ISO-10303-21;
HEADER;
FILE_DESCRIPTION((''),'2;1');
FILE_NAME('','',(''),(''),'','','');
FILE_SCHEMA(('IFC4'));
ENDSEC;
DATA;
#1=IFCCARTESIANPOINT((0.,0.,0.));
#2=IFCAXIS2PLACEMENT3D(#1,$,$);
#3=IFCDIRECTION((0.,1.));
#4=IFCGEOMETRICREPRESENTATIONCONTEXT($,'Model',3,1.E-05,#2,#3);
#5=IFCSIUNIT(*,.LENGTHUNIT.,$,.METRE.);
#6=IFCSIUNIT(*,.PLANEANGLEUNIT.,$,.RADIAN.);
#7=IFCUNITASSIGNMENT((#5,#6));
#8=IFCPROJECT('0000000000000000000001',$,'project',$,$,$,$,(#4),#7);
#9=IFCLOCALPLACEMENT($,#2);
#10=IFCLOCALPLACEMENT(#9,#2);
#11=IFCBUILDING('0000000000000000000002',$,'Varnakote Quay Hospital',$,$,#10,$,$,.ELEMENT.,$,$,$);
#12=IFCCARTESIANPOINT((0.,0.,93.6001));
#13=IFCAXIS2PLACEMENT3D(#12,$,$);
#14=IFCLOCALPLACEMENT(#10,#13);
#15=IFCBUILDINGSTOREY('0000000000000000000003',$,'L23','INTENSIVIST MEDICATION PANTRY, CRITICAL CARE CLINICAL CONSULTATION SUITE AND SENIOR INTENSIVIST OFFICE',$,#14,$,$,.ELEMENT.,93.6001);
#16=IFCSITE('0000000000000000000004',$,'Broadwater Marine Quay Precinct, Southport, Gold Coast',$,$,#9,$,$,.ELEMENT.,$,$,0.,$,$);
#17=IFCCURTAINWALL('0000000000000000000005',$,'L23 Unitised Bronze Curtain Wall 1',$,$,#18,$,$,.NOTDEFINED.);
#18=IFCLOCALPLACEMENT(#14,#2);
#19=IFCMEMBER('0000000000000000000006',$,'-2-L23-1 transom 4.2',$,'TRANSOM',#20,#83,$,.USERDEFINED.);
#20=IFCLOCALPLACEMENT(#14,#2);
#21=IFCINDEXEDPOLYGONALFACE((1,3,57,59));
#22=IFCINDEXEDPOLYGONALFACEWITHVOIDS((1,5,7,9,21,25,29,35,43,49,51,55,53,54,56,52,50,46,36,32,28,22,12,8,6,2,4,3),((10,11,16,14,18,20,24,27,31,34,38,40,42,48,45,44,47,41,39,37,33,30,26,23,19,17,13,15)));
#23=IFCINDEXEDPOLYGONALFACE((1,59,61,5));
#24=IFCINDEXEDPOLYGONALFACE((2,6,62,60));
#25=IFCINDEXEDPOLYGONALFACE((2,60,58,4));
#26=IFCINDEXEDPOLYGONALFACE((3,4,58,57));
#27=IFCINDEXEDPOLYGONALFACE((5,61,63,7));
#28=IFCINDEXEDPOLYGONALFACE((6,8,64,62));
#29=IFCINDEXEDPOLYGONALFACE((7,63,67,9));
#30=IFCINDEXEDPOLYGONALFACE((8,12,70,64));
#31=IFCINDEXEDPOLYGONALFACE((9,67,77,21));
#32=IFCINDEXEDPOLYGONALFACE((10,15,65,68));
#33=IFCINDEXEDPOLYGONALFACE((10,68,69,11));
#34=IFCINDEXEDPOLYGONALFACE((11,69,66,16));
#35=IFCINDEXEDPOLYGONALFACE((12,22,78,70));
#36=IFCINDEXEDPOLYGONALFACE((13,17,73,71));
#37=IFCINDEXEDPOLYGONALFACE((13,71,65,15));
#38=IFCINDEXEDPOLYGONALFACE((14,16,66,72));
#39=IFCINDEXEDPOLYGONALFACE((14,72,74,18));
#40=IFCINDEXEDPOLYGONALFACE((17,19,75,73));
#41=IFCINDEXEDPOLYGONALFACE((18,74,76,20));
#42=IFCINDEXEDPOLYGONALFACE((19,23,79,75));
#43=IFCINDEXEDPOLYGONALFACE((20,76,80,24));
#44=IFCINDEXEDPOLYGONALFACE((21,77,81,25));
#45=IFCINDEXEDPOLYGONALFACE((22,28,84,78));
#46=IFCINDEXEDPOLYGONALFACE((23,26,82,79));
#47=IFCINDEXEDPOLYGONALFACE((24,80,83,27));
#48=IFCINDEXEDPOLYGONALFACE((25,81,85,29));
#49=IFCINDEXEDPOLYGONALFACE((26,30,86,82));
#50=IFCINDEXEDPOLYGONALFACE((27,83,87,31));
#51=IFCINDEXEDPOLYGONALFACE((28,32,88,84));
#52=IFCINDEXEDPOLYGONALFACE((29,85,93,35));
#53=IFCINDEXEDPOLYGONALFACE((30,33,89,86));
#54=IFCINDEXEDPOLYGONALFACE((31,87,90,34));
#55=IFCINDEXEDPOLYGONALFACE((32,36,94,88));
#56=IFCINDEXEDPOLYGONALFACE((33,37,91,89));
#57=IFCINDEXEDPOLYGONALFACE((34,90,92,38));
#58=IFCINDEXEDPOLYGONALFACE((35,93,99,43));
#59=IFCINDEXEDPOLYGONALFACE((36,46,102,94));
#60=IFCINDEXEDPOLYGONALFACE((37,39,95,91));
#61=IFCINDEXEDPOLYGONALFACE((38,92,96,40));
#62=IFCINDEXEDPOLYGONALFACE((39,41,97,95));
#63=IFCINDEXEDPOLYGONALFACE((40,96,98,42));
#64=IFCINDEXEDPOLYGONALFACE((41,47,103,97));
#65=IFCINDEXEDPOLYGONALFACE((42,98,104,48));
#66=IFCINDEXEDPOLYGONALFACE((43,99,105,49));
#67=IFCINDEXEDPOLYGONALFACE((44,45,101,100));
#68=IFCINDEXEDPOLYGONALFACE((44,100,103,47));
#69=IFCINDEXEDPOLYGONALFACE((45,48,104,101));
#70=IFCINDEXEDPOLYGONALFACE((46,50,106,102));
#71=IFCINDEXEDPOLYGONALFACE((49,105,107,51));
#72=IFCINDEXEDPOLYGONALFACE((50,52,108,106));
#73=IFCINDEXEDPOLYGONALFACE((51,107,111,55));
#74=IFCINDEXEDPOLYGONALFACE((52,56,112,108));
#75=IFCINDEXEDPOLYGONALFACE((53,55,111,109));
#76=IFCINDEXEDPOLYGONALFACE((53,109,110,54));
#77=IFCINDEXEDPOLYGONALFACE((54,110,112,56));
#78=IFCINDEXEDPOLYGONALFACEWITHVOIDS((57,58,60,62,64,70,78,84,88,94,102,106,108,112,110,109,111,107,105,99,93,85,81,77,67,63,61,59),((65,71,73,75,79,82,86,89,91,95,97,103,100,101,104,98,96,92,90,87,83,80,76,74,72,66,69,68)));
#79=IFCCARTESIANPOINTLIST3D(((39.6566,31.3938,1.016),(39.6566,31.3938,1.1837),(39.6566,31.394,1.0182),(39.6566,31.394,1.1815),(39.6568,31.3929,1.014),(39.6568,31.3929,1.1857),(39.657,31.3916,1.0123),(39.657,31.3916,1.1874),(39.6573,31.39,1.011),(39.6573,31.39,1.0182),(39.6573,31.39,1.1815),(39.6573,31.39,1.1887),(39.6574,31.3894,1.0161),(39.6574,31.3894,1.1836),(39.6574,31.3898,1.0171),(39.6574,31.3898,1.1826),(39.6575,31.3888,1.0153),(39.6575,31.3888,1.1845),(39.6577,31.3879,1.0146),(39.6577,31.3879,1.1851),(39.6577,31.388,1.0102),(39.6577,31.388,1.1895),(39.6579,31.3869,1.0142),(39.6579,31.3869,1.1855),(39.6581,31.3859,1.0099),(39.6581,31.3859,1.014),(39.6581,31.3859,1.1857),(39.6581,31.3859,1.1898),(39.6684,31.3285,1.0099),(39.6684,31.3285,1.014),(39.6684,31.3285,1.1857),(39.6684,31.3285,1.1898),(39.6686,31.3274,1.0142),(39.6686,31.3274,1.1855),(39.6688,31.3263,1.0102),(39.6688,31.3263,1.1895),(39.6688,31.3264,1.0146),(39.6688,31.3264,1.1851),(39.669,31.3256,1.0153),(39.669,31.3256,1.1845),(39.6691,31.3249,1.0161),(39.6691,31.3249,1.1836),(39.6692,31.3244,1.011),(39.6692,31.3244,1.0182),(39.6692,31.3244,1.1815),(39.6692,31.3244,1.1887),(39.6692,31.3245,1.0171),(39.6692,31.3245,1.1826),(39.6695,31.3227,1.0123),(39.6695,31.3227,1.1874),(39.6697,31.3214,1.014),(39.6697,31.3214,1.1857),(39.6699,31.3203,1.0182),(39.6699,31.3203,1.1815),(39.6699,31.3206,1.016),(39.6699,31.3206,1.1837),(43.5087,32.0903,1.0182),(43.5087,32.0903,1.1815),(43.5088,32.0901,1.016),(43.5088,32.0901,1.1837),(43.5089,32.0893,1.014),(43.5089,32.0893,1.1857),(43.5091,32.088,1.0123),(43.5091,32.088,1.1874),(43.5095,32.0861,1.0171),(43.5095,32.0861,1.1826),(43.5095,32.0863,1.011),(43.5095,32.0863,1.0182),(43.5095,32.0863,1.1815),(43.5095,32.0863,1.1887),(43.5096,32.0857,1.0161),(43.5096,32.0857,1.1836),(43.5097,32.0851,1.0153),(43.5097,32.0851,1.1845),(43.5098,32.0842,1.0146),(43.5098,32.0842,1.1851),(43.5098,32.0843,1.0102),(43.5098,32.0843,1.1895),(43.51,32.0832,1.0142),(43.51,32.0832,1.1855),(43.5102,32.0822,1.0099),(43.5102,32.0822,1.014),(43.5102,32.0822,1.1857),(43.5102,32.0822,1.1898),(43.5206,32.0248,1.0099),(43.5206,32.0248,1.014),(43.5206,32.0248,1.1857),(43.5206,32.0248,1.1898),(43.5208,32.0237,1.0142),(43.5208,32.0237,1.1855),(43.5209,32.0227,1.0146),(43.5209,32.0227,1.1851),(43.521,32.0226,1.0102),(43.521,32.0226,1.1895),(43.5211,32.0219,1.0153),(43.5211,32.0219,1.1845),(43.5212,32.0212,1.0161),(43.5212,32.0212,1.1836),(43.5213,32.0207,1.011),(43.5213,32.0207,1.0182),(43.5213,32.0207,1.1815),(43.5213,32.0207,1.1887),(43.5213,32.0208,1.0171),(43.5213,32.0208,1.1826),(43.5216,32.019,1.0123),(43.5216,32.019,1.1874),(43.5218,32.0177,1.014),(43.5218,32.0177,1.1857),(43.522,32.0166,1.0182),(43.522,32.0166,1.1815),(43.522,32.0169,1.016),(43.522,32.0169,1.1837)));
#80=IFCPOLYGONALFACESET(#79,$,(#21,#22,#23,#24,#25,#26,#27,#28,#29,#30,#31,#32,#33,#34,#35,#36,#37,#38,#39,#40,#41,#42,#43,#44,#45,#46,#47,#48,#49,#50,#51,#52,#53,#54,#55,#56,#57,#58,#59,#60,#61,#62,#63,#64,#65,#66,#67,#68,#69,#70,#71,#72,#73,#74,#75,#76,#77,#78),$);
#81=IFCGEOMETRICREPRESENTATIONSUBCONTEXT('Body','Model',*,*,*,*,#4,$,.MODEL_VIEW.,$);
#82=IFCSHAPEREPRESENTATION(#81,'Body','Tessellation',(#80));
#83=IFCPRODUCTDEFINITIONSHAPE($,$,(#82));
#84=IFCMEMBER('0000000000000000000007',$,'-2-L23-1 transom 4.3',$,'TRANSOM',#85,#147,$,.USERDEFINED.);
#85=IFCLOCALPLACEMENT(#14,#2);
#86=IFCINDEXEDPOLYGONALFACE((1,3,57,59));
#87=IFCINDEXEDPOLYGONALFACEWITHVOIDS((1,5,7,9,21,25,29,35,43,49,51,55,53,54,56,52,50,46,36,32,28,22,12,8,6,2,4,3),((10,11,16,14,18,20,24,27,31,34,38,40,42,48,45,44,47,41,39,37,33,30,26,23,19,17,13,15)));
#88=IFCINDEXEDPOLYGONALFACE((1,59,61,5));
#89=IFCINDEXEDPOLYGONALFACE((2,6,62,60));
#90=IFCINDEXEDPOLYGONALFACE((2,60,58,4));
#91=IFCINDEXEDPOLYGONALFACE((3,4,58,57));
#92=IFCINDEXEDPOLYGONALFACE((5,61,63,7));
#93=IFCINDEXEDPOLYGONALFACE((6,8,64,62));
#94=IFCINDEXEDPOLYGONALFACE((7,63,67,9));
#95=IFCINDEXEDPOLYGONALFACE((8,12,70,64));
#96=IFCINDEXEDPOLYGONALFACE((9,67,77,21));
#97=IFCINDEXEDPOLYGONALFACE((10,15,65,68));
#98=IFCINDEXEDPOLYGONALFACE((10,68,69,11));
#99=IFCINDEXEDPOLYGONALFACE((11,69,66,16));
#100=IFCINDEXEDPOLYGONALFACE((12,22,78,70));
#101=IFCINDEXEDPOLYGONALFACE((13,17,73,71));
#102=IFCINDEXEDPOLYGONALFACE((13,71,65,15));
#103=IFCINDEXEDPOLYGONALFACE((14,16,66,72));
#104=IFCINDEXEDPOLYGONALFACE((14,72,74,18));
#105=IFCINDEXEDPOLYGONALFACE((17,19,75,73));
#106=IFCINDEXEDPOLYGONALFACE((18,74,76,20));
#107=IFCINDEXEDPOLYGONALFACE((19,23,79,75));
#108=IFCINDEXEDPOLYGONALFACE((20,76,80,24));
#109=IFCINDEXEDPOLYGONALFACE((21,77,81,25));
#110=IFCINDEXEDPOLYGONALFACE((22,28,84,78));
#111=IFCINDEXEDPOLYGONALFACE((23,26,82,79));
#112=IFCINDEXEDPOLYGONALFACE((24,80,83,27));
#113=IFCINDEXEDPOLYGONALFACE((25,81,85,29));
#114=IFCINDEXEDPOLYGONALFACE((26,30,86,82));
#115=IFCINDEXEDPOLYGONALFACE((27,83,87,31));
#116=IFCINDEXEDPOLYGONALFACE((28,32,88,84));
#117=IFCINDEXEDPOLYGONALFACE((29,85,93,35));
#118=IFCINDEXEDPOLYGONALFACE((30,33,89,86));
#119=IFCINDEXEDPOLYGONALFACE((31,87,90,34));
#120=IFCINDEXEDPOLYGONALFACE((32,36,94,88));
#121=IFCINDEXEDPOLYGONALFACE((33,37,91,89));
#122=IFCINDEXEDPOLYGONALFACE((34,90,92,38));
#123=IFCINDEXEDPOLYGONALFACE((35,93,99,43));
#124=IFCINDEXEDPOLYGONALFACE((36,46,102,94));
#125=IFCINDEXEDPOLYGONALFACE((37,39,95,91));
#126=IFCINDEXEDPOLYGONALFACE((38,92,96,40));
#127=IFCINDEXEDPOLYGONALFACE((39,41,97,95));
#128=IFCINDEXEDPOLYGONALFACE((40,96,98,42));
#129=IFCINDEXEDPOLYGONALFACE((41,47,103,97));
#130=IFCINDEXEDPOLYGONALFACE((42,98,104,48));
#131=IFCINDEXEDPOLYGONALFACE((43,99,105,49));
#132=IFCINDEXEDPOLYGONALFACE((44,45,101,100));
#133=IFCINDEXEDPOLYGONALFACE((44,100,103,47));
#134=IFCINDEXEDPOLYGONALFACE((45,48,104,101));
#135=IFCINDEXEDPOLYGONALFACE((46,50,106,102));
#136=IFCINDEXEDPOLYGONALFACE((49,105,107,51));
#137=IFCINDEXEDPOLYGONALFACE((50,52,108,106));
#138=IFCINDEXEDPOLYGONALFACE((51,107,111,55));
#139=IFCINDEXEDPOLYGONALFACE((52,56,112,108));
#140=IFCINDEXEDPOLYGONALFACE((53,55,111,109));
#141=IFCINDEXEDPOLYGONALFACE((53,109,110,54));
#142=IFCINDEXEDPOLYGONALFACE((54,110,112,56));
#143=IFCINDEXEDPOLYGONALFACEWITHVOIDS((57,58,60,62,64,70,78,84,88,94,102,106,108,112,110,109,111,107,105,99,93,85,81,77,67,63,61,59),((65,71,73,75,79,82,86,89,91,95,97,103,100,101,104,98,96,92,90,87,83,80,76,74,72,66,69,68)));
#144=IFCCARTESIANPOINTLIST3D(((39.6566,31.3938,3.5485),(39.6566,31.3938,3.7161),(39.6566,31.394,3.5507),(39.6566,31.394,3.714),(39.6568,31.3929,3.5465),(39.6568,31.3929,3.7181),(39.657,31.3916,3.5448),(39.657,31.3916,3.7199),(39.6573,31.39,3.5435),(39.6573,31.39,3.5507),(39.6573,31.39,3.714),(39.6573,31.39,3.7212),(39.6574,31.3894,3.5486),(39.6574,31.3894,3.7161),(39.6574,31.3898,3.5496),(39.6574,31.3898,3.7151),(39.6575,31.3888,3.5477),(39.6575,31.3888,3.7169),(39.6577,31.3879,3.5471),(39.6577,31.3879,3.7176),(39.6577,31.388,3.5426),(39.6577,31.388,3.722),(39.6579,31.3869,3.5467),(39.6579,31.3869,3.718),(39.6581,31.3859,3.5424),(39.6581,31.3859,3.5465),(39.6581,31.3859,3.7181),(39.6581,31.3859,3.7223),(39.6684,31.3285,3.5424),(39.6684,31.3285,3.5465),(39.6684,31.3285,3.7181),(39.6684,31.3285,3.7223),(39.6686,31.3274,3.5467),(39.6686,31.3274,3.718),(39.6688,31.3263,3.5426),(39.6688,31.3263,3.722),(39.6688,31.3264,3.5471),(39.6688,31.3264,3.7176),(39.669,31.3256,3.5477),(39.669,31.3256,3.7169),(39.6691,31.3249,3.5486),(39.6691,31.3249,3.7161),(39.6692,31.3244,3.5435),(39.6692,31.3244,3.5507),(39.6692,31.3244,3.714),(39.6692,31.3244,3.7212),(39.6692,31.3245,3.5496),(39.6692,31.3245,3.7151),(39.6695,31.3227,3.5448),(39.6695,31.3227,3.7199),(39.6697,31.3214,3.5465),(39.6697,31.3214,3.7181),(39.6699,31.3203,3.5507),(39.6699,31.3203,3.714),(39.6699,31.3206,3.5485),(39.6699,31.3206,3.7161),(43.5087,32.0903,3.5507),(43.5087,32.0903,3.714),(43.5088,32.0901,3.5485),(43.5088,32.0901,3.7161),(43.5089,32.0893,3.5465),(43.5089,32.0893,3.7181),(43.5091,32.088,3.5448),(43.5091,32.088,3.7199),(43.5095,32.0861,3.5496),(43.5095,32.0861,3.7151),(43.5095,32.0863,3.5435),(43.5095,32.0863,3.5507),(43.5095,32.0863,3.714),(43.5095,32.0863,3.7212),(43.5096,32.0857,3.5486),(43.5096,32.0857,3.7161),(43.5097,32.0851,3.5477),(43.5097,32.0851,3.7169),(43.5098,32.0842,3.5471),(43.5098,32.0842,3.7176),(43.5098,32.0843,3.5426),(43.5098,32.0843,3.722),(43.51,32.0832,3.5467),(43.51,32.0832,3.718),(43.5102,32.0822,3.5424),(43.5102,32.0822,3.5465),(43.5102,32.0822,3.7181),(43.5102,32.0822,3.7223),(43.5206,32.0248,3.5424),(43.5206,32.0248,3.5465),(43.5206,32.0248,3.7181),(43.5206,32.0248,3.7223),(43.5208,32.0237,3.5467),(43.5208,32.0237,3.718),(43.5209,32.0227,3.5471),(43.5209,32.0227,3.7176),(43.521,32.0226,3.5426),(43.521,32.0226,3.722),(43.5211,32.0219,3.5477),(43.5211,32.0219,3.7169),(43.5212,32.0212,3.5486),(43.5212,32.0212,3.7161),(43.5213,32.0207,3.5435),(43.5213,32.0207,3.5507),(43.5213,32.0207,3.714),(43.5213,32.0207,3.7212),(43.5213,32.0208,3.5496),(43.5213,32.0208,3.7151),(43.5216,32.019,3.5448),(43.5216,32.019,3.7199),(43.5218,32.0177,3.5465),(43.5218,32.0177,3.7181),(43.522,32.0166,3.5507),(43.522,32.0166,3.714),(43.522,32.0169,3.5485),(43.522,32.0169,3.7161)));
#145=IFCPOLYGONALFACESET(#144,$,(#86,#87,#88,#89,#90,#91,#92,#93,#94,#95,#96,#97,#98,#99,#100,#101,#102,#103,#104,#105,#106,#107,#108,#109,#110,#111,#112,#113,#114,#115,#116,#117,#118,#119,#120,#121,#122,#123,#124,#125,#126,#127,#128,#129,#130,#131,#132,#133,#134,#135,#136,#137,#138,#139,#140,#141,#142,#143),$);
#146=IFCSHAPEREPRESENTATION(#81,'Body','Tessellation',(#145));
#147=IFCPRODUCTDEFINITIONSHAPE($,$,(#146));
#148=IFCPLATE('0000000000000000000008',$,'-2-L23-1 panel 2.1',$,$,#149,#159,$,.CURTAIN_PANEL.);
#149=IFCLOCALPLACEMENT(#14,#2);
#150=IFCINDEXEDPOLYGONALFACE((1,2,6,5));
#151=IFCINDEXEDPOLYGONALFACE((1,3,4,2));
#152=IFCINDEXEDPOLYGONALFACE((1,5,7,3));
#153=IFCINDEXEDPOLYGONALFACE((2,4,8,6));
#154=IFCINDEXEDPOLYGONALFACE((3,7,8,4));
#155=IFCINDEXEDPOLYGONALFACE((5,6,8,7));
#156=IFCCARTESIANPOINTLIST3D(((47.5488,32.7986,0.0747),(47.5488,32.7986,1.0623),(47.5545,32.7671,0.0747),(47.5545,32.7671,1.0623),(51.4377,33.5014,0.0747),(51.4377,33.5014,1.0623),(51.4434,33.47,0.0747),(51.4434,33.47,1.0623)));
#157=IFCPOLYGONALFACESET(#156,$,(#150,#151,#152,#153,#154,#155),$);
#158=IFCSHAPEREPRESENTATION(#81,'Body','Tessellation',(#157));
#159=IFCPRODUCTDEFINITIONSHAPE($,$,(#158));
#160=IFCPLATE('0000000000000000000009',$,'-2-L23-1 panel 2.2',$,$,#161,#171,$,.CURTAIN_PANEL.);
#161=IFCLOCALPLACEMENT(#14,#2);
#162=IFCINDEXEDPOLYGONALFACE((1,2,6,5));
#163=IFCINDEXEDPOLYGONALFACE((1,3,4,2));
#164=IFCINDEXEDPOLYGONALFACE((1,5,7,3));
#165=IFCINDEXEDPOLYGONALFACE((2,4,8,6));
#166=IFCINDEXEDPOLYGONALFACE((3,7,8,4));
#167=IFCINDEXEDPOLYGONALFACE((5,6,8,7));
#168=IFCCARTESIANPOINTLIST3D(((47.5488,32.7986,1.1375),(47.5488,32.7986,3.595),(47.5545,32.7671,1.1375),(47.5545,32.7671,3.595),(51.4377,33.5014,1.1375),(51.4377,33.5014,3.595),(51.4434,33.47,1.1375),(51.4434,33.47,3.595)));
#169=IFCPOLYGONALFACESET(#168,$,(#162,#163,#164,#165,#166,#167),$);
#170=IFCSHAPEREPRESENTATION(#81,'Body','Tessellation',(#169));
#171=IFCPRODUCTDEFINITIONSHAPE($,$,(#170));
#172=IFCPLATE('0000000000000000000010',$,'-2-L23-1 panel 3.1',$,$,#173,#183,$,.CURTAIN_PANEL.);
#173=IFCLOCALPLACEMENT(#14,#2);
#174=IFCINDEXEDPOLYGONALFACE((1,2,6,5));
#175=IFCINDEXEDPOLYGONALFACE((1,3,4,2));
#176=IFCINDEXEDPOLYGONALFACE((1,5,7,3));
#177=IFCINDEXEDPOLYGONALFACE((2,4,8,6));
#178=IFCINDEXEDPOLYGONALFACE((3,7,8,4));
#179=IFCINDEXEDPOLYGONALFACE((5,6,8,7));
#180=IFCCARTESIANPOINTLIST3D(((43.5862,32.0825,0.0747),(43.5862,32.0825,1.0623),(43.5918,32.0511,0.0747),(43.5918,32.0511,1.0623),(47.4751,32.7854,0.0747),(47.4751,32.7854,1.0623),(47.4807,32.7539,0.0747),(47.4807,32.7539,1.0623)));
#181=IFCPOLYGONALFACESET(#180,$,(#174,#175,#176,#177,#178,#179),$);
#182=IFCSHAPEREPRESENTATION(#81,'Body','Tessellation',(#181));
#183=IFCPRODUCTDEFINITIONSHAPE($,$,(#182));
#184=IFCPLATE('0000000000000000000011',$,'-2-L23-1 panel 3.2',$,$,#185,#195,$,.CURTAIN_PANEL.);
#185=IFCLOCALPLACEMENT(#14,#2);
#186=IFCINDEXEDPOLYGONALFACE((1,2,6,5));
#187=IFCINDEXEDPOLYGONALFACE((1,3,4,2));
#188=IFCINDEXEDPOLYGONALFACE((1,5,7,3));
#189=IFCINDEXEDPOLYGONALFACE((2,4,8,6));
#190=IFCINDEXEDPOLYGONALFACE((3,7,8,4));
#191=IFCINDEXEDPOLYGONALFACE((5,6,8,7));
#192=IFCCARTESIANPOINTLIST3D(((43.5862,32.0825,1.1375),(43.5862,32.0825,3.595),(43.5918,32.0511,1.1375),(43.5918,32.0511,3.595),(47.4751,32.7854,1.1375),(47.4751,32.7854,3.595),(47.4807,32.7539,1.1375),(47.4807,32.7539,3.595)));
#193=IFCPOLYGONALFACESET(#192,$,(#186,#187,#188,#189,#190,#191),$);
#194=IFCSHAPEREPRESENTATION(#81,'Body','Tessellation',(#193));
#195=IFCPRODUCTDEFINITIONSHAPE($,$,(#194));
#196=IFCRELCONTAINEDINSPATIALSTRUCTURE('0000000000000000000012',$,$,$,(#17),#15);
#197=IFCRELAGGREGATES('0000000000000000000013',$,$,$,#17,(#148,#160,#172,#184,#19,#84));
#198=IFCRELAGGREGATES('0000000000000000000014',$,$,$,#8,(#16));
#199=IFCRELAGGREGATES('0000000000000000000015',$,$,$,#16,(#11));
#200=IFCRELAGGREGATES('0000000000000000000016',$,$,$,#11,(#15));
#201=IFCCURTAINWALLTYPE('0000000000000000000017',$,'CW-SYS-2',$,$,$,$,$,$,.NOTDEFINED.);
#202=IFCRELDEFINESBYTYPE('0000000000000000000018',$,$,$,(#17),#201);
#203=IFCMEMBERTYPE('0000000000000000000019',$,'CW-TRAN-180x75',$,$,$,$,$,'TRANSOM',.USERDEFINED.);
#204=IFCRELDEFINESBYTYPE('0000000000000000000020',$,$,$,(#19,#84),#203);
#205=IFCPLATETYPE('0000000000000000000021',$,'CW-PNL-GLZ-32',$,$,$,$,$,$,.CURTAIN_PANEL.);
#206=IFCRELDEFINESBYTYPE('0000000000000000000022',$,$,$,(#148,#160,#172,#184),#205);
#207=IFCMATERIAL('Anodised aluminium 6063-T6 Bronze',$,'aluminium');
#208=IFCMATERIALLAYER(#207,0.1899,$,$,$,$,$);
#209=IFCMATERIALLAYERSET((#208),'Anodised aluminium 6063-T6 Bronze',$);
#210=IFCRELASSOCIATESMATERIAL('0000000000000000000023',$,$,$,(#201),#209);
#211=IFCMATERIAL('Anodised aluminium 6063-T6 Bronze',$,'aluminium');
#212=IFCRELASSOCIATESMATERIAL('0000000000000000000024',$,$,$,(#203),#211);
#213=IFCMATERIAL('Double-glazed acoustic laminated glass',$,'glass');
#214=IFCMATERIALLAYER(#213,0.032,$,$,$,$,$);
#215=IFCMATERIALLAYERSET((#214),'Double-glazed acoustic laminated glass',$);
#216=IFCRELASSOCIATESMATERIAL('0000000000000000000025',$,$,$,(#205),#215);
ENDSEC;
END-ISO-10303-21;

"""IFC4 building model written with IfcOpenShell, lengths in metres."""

from ifc_helpers import new_model, si_unit, direction, frame, origin, origin_2d, place, context, subcontext, project, spatial, rectangle, hollow_rectangle, extrude, material, layer, layer_set, material_profile, profile_set, type_object, element, aggregate, save


model = new_model("IFC4")

# Units and contexts
model_context = context("Model", 3, precision=1e-05, world=origin(), true_north=direction((0.0, 1.0)))
body_context = subcontext(model_context, "Body", "Model", "MODEL_VIEW")
ifc_project = project(units=[si_unit("LENGTHUNIT", "METRE"), si_unit("PLANEANGLEUNIT", "RADIAN")], contexts=[model_context])

# Site, building, storey
site_placement = place(None, origin())
site = spatial("IfcSite", under=ifc_project, at=site_placement, Name="Broadwater Marine Quay Precinct, Southport, Gold Coast", CompositionType="ELEMENT", RefElevation=0.0)
building_placement = place(site_placement, origin())
building = spatial("IfcBuilding", under=site, at=building_placement, Name="Varnakote Quay Hospital", CompositionType="ELEMENT")
storey_placement = place(building_placement, frame((0.0, 0.0, 93.6001)))
storey = spatial("IfcBuildingStorey", under=building, at=storey_placement, Name="L23", Description="INTENSIVIST MEDICATION PANTRY, CRITICAL CARE CLINICAL CONSULTATION SUITE AND SENIOR INTENSIVIST OFFICE", CompositionType="ELEMENT", Elevation=93.6001)

# Curtain wall, members, plates
ifc_material_1 = material(Name="Anodised aluminium 6063-T6 Bronze", Category="aluminium")
ifc_layer_1 = layer(ifc_material_1, 0.1899)
ifc_layer_set_1 = layer_set([ifc_layer_1], Name="Anodised aluminium 6063-T6 Bronze")
curtain_wall_type = type_object("IfcCurtainWallType", Name="CW-SYS-2", PredefinedType="NOTDEFINED", material=ifc_layer_set_1)
curtain_wall_placement = place(storey_placement, origin())
curtain_wall = element("IfcCurtainWall", 1, at=curtain_wall_placement, inside=storey, type_object=curtain_wall_type, Name="L23 Unitised Bronze Curtain Wall 1", PredefinedType="NOTDEFINED")
ifc_material_2 = material(Name="Anodised aluminium 6063-T6 Bronze", Category="aluminium")
ifc_material_profile_1 = material_profile(ifc_material_2, hollow_rectangle(XDim=0.075, YDim=0.1799, WallThickness=0.0042, InnerFilletRadius=0.0042, OuterFilletRadius=0.0083, at=origin_2d()), Name="CW-TRAN-180x75")
ifc_profile_set_1 = profile_set([ifc_material_profile_1], Name="Anodised aluminium 6063-T6 Bronze")
member_type_1 = type_object("IfcMemberType", Name="CW-TRAN-180x75", ElementType="TRANSOM", PredefinedType="USERDEFINED", material=ifc_profile_set_1)
member_1_placement = place(storey_placement, frame((43.5154, 32.0535, 1.0999), z_axis=(-0.984053, -0.177875, 0.0), x_axis=(0.177875, -0.984053, 0.0)))
member_1 = element("IfcMember", 2, at=member_1_placement, type_object=member_type_1, Name="-2-L23-1 transom 4.2", ObjectType="TRANSOM", PredefinedType="USERDEFINED", context=body_context, shape_type="SweptSolid", body=[
    extrude(hollow_rectangle(XDim=0.075, YDim=0.1799, WallThickness=0.0042, InnerFilletRadius=0.0042, OuterFilletRadius=0.0083, at=origin_2d()), origin(), (0.0, 0.0, 1.0), 3.9146),
])
member_2_placement = place(storey_placement, frame((43.5154, 32.0535, 3.6323), z_axis=(-0.984053, -0.177875, 0.0), x_axis=(0.177875, -0.984053, 0.0)))
member_2 = element("IfcMember", 3, at=member_2_placement, type_object=member_type_1, Name="-2-L23-1 transom 4.3", ObjectType="TRANSOM", PredefinedType="USERDEFINED", context=body_context, shape_type="SweptSolid", body=[
    extrude(hollow_rectangle(XDim=0.075, YDim=0.1799, WallThickness=0.0042, InnerFilletRadius=0.0042, OuterFilletRadius=0.0083, at=origin_2d()), origin(), (0.0, 0.0, 1.0), 3.9146),
])
ifc_material_3 = material(Name="Double-glazed acoustic laminated glass", Category="glass")
ifc_layer_2 = layer(ifc_material_3, 0.032)
ifc_layer_set_2 = layer_set([ifc_layer_2], Name="Double-glazed acoustic laminated glass")
plate_type = type_object("IfcPlateType", Name="CW-PNL-GLZ-32", PredefinedType="CURTAIN_PANEL", material=ifc_layer_set_2)
plate_1_placement = place(storey_placement, frame((49.4961, 33.1343, 0.0747), z_axis=(0.0, 0.0, 1.0), x_axis=(-0.984058, -0.177846, 0.0)))
plate_1 = element("IfcPlate", 4, at=plate_1_placement, type_object=plate_type, Name="-2-L23-1 panel 2.1", PredefinedType="CURTAIN_PANEL", context=body_context, shape_type="SweptSolid", body=[
    extrude(rectangle(XDim=3.9519, YDim=0.032, at=origin_2d()), origin(), (0.0, 0.0, 1.0), 0.9875),
])
plate_2_placement = place(storey_placement, frame((49.4961, 33.1343, 1.1375), z_axis=(0.0, 0.0, 1.0), x_axis=(-0.984058, -0.177846, 0.0)))
plate_2 = element("IfcPlate", 5, at=plate_2_placement, type_object=plate_type, Name="-2-L23-1 panel 2.2", PredefinedType="CURTAIN_PANEL", context=body_context, shape_type="SweptSolid", body=[
    extrude(rectangle(XDim=3.9519, YDim=0.032, at=origin_2d()), origin(), (0.0, 0.0, 1.0), 2.4575),
])
plate_3_placement = place(storey_placement, frame((45.5334, 32.4182, 0.0747), z_axis=(0.0, 0.0, 1.0), x_axis=(-0.984058, -0.177846, 0.0)))
plate_3 = element("IfcPlate", 6, at=plate_3_placement, type_object=plate_type, Name="-2-L23-1 panel 3.1", PredefinedType="CURTAIN_PANEL", context=body_context, shape_type="SweptSolid", body=[
    extrude(rectangle(XDim=3.9519, YDim=0.032, at=origin_2d()), origin(), (0.0, 0.0, 1.0), 0.9875),
])
plate_4_placement = place(storey_placement, frame((45.5334, 32.4182, 1.1375), z_axis=(0.0, 0.0, 1.0), x_axis=(-0.984058, -0.177846, 0.0)))
plate_4 = element("IfcPlate", 7, at=plate_4_placement, type_object=plate_type, Name="-2-L23-1 panel 3.2", PredefinedType="CURTAIN_PANEL", context=body_context, shape_type="SweptSolid", body=[
    extrude(rectangle(XDim=3.9519, YDim=0.032, at=origin_2d()), origin(), (0.0, 0.0, 1.0), 2.4575),
])
aggregate(curtain_wall, [plate_1, plate_2, plate_3, plate_4, member_1, member_2])

save(model, "model.ifc")
